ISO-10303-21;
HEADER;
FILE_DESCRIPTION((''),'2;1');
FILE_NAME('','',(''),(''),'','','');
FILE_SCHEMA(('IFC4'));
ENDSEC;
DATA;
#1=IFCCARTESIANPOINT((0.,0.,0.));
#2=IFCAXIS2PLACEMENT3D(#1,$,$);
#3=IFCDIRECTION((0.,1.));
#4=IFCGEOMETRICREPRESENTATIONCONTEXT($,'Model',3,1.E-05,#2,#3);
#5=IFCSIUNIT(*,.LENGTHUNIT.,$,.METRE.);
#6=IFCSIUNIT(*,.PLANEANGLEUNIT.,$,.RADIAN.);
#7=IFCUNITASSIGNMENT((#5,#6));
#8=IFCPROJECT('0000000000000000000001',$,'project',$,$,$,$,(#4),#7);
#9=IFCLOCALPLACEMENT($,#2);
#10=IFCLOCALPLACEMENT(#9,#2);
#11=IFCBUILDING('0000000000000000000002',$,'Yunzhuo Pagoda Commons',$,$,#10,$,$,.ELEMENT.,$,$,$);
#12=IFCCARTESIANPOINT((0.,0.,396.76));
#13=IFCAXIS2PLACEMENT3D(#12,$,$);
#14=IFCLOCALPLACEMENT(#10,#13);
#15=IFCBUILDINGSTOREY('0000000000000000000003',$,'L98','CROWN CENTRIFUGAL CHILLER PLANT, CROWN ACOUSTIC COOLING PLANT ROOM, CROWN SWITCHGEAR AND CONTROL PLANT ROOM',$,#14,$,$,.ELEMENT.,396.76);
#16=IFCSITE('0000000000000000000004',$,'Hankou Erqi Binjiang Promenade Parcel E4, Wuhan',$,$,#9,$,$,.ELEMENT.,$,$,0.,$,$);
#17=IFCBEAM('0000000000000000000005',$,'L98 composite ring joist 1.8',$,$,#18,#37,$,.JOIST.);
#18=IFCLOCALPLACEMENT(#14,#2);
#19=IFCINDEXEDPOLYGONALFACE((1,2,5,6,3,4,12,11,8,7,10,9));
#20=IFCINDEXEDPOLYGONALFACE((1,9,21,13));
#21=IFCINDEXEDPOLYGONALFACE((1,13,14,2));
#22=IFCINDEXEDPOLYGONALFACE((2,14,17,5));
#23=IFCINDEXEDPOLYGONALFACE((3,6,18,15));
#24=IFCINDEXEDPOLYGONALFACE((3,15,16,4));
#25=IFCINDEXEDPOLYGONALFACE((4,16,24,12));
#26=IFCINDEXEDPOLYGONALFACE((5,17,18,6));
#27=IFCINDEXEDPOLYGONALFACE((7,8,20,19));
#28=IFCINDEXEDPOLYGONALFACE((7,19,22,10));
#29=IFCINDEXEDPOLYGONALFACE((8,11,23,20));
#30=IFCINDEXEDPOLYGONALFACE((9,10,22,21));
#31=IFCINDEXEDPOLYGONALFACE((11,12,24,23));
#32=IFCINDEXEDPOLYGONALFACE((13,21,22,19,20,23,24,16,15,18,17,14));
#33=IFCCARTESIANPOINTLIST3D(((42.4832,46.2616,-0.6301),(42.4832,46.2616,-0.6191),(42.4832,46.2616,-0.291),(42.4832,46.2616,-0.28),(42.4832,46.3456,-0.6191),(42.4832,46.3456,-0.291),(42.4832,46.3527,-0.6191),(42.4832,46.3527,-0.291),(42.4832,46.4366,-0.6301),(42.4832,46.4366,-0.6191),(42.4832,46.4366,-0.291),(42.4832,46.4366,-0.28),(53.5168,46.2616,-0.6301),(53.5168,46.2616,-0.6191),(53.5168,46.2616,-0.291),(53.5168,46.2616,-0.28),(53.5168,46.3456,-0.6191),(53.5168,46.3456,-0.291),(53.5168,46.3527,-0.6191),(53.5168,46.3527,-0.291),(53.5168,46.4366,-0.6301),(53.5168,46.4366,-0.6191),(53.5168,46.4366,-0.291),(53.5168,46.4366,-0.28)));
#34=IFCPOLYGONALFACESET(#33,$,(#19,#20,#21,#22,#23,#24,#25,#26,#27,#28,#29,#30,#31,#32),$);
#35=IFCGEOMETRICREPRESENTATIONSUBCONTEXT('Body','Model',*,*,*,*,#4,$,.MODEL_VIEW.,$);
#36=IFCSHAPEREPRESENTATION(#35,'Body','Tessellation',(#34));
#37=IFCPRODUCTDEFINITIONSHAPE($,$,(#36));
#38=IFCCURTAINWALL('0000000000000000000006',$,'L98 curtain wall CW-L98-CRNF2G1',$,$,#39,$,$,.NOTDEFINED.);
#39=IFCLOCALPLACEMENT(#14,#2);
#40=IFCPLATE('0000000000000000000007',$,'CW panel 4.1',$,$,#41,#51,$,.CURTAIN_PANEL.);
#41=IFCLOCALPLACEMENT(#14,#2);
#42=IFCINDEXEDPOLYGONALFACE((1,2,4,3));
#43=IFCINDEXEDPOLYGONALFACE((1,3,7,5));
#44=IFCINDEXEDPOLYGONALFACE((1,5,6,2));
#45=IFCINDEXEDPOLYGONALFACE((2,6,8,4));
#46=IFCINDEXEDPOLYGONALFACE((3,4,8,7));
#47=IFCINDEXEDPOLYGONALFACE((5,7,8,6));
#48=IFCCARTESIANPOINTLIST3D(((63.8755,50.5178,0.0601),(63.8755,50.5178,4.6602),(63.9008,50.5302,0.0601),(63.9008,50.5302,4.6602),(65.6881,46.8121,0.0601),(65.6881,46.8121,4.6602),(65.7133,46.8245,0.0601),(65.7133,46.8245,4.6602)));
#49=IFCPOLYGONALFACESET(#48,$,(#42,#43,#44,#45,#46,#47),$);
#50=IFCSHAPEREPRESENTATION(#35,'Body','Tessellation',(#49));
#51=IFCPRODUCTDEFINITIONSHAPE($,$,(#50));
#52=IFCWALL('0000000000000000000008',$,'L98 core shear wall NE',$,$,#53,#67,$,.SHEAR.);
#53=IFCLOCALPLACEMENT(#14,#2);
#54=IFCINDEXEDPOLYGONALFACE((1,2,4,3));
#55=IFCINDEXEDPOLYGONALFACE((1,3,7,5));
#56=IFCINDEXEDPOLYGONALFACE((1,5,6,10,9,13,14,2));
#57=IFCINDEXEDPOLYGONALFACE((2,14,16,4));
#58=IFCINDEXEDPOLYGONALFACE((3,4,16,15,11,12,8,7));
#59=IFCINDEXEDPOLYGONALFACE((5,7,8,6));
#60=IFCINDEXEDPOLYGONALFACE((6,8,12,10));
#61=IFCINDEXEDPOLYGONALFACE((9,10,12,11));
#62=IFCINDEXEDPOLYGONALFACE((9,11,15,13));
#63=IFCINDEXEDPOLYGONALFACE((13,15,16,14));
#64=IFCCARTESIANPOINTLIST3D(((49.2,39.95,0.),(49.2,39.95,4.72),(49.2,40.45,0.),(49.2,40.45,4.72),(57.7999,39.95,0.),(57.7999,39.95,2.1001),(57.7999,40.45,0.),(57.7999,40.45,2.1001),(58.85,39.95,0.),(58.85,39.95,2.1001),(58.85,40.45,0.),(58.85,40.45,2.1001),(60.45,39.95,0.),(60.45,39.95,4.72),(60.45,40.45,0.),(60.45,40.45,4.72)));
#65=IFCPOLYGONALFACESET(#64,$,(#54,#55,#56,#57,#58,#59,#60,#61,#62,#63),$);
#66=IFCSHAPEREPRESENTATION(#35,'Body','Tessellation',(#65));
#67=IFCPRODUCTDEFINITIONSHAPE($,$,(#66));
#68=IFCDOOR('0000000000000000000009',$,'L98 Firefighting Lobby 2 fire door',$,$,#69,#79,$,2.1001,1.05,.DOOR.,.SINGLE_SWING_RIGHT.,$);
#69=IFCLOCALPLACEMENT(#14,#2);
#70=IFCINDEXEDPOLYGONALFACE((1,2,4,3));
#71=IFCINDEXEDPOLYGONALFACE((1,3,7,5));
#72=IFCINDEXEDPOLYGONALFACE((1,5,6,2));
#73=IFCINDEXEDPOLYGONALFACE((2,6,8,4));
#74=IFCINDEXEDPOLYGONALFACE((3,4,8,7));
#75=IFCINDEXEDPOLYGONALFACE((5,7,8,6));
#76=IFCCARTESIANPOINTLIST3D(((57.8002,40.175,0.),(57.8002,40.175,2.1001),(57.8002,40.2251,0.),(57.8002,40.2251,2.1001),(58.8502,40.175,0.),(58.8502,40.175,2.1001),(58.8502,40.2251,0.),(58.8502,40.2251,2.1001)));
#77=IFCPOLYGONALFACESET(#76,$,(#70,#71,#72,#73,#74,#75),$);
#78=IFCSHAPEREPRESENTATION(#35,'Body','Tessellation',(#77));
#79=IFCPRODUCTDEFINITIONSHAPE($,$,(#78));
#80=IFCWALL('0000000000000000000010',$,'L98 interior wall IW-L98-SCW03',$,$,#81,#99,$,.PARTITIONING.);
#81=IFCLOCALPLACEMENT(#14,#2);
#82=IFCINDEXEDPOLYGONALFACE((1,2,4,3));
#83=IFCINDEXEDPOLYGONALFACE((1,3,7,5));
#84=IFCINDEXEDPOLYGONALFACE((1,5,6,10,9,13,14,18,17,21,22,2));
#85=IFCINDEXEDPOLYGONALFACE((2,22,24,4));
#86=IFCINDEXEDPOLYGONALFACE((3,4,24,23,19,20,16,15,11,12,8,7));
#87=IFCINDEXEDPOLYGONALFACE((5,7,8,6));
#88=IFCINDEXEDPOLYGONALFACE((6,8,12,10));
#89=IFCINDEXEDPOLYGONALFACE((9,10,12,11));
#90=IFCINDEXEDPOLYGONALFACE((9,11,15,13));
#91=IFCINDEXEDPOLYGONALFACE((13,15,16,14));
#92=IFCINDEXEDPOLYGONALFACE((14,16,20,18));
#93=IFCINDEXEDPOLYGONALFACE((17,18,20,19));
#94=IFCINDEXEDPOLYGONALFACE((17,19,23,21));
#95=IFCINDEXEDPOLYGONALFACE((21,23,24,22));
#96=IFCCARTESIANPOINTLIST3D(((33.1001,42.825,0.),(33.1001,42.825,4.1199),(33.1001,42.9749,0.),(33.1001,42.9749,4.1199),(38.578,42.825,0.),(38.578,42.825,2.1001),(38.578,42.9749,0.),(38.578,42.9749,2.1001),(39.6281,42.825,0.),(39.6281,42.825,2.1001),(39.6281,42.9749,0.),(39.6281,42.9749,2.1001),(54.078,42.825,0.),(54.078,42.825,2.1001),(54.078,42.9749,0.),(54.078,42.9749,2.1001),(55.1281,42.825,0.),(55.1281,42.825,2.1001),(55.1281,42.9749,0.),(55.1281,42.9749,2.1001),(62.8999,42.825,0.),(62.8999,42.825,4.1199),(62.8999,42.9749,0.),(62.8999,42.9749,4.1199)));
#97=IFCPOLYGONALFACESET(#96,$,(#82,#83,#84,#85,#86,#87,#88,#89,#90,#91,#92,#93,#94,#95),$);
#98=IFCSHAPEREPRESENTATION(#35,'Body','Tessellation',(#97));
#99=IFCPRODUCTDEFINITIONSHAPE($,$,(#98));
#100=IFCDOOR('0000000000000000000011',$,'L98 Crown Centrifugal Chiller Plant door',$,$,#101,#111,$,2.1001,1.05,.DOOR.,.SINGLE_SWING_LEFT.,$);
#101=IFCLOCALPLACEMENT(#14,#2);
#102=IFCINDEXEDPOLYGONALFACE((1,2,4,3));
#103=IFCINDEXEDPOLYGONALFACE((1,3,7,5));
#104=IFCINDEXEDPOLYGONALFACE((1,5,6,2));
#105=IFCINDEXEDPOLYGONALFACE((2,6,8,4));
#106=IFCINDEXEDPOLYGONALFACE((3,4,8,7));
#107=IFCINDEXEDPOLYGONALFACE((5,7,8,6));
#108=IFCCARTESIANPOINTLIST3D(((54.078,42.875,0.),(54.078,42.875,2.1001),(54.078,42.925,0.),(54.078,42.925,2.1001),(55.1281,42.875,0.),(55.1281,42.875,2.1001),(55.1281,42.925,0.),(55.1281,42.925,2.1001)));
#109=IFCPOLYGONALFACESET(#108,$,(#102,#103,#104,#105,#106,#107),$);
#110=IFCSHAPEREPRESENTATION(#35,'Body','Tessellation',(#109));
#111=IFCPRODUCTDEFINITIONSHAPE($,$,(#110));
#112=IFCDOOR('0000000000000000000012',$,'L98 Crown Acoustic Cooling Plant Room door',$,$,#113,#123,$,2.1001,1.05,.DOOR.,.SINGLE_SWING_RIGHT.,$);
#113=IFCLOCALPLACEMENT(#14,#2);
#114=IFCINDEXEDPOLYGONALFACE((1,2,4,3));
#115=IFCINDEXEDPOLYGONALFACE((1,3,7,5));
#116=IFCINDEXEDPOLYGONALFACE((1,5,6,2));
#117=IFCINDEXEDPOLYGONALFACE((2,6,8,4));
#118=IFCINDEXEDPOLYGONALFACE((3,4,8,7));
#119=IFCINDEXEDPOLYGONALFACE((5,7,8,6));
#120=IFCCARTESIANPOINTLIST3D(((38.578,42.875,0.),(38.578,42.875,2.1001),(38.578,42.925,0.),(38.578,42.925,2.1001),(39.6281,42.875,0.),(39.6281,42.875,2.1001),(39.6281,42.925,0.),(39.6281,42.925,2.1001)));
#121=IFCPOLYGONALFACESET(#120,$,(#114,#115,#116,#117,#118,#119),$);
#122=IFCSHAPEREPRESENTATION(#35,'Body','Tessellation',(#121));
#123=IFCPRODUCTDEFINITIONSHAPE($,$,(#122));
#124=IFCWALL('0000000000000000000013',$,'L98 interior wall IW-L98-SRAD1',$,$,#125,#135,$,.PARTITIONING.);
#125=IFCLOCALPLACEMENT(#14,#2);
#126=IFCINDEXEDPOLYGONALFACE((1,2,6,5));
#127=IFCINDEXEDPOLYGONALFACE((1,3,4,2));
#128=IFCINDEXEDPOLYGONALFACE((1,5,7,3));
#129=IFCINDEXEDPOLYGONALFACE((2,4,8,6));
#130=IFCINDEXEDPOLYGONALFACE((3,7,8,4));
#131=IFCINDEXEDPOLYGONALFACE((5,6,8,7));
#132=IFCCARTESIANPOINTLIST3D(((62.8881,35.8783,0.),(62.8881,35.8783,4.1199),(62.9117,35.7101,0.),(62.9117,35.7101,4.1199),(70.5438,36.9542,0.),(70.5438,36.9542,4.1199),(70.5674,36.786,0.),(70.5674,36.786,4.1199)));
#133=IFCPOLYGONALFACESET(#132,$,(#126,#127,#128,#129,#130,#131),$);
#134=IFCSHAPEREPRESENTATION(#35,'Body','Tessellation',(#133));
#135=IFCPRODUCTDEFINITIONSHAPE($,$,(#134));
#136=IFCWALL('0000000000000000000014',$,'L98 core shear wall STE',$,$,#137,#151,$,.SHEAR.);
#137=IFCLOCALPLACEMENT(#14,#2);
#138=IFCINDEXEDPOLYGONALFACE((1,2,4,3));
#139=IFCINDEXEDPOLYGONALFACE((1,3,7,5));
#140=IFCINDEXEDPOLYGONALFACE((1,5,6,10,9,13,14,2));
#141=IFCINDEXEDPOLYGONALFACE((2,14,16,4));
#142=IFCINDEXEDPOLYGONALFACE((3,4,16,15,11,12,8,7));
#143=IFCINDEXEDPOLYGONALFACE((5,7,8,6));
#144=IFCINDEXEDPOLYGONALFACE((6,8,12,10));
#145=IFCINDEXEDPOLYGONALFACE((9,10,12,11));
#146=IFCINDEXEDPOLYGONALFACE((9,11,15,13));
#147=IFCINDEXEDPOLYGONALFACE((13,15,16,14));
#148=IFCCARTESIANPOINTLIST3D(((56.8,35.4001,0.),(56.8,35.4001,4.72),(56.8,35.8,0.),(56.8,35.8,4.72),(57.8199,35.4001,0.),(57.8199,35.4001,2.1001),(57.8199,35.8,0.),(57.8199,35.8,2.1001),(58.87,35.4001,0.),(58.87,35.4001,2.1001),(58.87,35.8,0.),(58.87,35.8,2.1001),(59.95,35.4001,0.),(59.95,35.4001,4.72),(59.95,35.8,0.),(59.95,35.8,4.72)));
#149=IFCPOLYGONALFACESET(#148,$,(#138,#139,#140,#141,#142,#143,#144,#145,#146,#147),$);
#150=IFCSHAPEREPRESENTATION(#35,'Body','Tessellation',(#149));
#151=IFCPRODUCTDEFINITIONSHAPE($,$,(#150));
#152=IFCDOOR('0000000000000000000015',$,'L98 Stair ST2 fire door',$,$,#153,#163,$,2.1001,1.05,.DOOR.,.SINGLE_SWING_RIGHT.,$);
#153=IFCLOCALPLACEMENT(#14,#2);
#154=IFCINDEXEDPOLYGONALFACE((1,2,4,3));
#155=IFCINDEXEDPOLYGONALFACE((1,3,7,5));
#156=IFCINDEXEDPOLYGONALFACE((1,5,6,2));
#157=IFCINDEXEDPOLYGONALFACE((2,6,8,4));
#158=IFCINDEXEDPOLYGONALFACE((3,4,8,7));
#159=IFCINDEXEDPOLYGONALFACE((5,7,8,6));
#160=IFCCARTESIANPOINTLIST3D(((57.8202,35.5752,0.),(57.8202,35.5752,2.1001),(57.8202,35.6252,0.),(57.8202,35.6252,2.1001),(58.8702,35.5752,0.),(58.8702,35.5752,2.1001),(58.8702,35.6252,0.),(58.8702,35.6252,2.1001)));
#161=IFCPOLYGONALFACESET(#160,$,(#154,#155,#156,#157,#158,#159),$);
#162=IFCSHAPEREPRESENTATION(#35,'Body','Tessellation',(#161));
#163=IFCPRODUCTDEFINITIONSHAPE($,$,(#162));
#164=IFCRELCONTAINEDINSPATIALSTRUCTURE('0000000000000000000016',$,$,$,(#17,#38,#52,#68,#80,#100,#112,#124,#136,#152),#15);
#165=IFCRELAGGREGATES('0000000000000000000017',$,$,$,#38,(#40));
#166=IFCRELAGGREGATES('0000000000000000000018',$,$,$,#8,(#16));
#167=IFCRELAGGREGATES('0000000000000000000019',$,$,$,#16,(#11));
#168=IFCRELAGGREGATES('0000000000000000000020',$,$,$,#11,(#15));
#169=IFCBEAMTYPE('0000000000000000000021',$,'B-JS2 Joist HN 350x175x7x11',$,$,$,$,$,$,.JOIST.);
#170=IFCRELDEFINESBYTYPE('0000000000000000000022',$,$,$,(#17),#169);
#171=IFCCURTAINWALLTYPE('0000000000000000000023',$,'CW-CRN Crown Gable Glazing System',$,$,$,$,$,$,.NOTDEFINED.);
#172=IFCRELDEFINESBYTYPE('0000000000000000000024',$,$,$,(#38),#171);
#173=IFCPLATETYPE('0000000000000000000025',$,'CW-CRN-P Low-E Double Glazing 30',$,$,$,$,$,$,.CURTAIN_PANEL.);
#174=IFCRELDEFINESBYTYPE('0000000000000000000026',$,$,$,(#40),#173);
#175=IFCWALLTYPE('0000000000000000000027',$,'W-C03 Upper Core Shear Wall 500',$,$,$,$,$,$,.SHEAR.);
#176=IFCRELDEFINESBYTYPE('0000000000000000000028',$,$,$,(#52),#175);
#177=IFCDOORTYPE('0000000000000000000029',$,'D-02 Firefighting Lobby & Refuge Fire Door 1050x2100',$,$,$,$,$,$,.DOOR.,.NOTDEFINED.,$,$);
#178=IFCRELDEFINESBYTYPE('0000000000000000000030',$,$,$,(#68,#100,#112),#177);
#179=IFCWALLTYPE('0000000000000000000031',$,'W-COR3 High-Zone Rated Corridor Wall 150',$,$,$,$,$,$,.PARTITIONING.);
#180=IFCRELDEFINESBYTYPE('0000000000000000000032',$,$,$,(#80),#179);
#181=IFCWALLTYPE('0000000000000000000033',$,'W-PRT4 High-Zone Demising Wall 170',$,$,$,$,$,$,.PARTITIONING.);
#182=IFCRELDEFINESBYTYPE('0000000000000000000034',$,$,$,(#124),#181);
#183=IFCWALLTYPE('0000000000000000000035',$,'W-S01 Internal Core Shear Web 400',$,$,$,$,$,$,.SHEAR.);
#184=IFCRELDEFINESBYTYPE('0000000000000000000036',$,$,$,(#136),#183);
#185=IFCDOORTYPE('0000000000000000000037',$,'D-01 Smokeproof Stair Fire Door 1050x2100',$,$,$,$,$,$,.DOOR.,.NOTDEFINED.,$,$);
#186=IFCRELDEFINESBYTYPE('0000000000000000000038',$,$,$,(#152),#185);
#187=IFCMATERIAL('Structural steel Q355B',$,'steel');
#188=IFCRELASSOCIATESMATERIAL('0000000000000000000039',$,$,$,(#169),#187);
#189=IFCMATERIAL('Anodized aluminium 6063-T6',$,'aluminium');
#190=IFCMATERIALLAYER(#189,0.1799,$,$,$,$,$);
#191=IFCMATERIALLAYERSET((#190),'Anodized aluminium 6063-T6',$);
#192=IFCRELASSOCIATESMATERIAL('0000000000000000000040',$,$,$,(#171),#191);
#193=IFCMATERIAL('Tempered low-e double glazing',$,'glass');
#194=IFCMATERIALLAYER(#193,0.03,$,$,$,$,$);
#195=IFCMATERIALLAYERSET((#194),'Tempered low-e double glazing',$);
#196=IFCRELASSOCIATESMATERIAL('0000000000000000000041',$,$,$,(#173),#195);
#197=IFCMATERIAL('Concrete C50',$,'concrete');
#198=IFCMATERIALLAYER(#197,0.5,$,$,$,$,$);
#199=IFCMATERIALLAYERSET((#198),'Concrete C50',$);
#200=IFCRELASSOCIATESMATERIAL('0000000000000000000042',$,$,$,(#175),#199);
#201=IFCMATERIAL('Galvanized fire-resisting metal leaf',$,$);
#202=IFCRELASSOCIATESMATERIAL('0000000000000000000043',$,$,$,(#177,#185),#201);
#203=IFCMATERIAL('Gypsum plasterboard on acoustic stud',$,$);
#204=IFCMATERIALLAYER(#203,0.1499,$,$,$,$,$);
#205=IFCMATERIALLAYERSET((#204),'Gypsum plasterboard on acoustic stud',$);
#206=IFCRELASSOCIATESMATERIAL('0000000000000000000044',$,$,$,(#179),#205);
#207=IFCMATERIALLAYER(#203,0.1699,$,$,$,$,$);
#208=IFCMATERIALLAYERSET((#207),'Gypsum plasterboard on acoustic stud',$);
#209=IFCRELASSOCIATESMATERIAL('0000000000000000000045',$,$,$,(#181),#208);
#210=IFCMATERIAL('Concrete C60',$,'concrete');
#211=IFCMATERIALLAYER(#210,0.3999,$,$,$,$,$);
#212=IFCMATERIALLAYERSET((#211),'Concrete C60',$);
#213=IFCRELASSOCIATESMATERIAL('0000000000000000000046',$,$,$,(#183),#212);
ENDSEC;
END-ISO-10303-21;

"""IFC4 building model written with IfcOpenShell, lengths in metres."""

from ifc_helpers import new_model, si_unit, direction, frame, frame_2d, origin, origin_with_axes, origin_2d, place, context, subcontext, project, spatial, rectangle, i_section, extrude, source, transform, mapped, material, layer, layer_set, material_profile, profile_set, type_object, element, fill, aggregate, save


model = new_model("IFC4")

# Units and contexts
model_context = context("Model", 3, precision=1e-05, world=origin(), true_north=direction((0.0, 1.0)))
body_context = subcontext(model_context, "Body", "Model", "MODEL_VIEW")
ifc_project = project(units=[si_unit("LENGTHUNIT", "METRE"), si_unit("PLANEANGLEUNIT", "RADIAN")], contexts=[model_context])

# Site, building, storey
site_placement = place(None, origin())
site = spatial("IfcSite", under=ifc_project, at=site_placement, Name="Hankou Erqi Binjiang Promenade Parcel E4, Wuhan", CompositionType="ELEMENT", RefElevation=0.0)
building_placement = place(site_placement, origin())
building = spatial("IfcBuilding", under=site, at=building_placement, Name="Yunzhuo Pagoda Commons", CompositionType="ELEMENT")
storey_placement = place(building_placement, frame((0.0, 0.0, 396.76)))
storey = spatial("IfcBuildingStorey", under=building, at=storey_placement, Name="L98", Description="CROWN CENTRIFUGAL CHILLER PLANT, CROWN ACOUSTIC COOLING PLANT ROOM, CROWN SWITCHGEAR AND CONTROL PLANT ROOM", CompositionType="ELEMENT", Elevation=396.76)

# Shared definitions
ifc_material_1 = material(Name="Structural steel Q355B", Category="steel")

# Beam
ifc_material_profile_1 = material_profile(ifc_material_1, i_section(OverallWidth=0.175, OverallDepth=0.3501, WebThickness=0.0071, FlangeThickness=0.011, at=origin_2d()), Name="Structural steel Q355B")
ifc_profile_set_1 = profile_set([ifc_material_profile_1], Name="Structural steel Q355B")
beam_type_1 = type_object("IfcBeamType", Name="B-JS2 Joist HN 350x175x7x11", PredefinedType="JOIST", material=ifc_profile_set_1)
shared_shape_1 = source(origin(), body_context, "Body", "SweptSolid", [
    extrude(i_section(OverallWidth=0.175, OverallDepth=0.3501, WebThickness=0.0071, FlangeThickness=0.011, at=origin_2d()), origin(), (0.0, 0.0, 1.0), 11.0337),
])
beam_1_placement = place(storey_placement, frame((53.5168, 46.3491, -0.4551), z_axis=(-1.0, 0.0, 0.0), x_axis=(0.0, -1.0, 0.0)))
element("IfcBeam", 1, at=beam_1_placement, inside=storey, type_object=beam_type_1, Name="L98 composite ring joist 1.8", PredefinedType="JOIST", context=body_context, shape_type="MappedRepresentation", body=[
    mapped(shared_shape_1, transform((0.0, 0.0, 0.0), scale=1.0)),
])

# Curtain wall, plate
ifc_material_2 = material(Name="Anodized aluminium 6063-T6", Category="aluminium")
ifc_layer_1 = layer(ifc_material_2, 0.1799)
ifc_layer_set_1 = layer_set([ifc_layer_1], Name="Anodized aluminium 6063-T6")
curtain_wall_type = type_object("IfcCurtainWallType", Name="CW-CRN Crown Gable Glazing System", PredefinedType="NOTDEFINED", material=ifc_layer_set_1)
curtain_wall_placement = place(storey_placement, origin())
curtain_wall = element("IfcCurtainWall", 2, at=curtain_wall_placement, inside=storey, type_object=curtain_wall_type, Name="L98 curtain wall CW-L98-CRNF2G1", PredefinedType="NOTDEFINED")
ifc_material_3 = material(Name="Tempered low-e double glazing", Category="glass")
ifc_layer_2 = layer(ifc_material_3, 0.03)
ifc_layer_set_2 = layer_set([ifc_layer_2], Name="Tempered low-e double glazing")
plate_type = type_object("IfcPlateType", Name="CW-CRN-P Low-E Double Glazing 30", PredefinedType="CURTAIN_PANEL", material=ifc_layer_set_2)
shared_shape_2 = source(origin(), body_context, "Body", "SweptSolid", [
    extrude(rectangle(XDim=4.1252, YDim=0.0281, at=origin_2d()), origin(), (0.0, 0.0, 1.0), 4.6001),
])
plate_placement = place(storey_placement, frame((64.7944, 48.6711, 0.0601), z_axis=(0.0, 0.0, 1.0), x_axis=(-0.439384, 0.898299, 0.0)))
plate = element("IfcPlate", 3, at=plate_placement, type_object=plate_type, Name="CW panel 4.1", PredefinedType="CURTAIN_PANEL", context=body_context, shape_type="MappedRepresentation", body=[
    mapped(shared_shape_2, transform((0.0, 0.0, 0.0), scale=1.0)),
])
aggregate(curtain_wall, [plate])

# Wall, opening, door
ifc_material_4 = material(Name="Concrete C50", Category="concrete")
ifc_layer_3 = layer(ifc_material_4, 0.5)
ifc_layer_set_3 = layer_set([ifc_layer_3], Name="Concrete C50")
wall_type_1 = type_object("IfcWallType", Name="W-C03 Upper Core Shear Wall 500", PredefinedType="SHEAR", material=ifc_layer_set_3)
wall_1_placement = place(storey_placement, frame((49.2, 40.2, 0.0), z_axis=(0.0, 0.0, 1.0), x_axis=(1.0, 0.0, 0.0)))
wall_1 = element("IfcWall", 4, at=wall_1_placement, inside=storey, type_object=wall_type_1, Name="L98 core shear wall NE", PredefinedType="SHEAR", context=body_context, shape_type="SweptSolid", body=[
    extrude(rectangle(XDim=11.25, YDim=0.5, at=frame_2d((5.625, 0.0))), origin(), (0.0, 0.0, 1.0), 4.72),
])
opening_1_placement = place(wall_1_placement, frame((8.6001, 0.0, 0.0)))
opening_1 = element("IfcOpeningElement", 5, at=opening_1_placement, cuts=wall_1, PredefinedType="OPENING", context=body_context, shape_type="SweptSolid", body=[
    extrude(rectangle(XDim=1.05, YDim=2.1001, at=frame_2d((0.5249, 1.05))), frame((0.0, 0.26, 0.0), z_axis=(0.0, -1.0, 0.0), x_axis=(1.0, 0.0, 0.0)), (0.0, 0.0, 1.0), 0.52),
])
ifc_material_5 = material(Name="Galvanized fire-resisting metal leaf")
door_type_1 = type_object("IfcDoorType", Name="D-02 Firefighting Lobby & Refuge Fire Door 1050x2100", OperationType="NOTDEFINED", PredefinedType="DOOR", material=ifc_material_5)
shared_shape_3 = source(origin(), body_context, "Body", "SweptSolid", [
    extrude(rectangle(XDim=1.05, YDim=2.1001, at=frame_2d((0.5249, 1.05))), frame((0.0, 0.0249, 0.0), z_axis=(0.0, -1.0, 0.0), x_axis=(1.0, 0.0, 0.0)), (0.0, 0.0, 1.0), 0.05),
])
door_1_placement = place(opening_1_placement, frame((1.05, 0.0, 0.0), z_axis=(0.0, 0.0, 1.0), x_axis=(-1.0, 0.0, 0.0)))
door_1 = element("IfcDoor", 6, at=door_1_placement, inside=storey, type_object=door_type_1, Name="L98 Firefighting Lobby 2 fire door", OperationType="SINGLE_SWING_RIGHT", OverallHeight=2.1001, OverallWidth=1.05, PredefinedType="DOOR", context=body_context, shape_type="MappedRepresentation", body=[
    mapped(shared_shape_3, transform((0.0, 0.0, 0.0), scale=1.0)),
])
fill(opening_1, door_1)

# Wall, openings, doors
ifc_material_6 = material(Name="Gypsum plasterboard on acoustic stud")
ifc_layer_4 = layer(ifc_material_6, 0.1499)
ifc_layer_set_4 = layer_set([ifc_layer_4], Name="Gypsum plasterboard on acoustic stud")
wall_type_2 = type_object("IfcWallType", Name="W-COR3 High-Zone Rated Corridor Wall 150", PredefinedType="PARTITIONING", material=ifc_layer_set_4)
wall_2_placement = place(storey_placement, frame((62.8999, 42.8999, 0.0), z_axis=(0.0, 0.0, 1.0), x_axis=(-1.0, 0.0, 0.0)))
wall_2 = element("IfcWall", 7, at=wall_2_placement, inside=storey, type_object=wall_type_2, Name="L98 interior wall IW-L98-SCW03", PredefinedType="PARTITIONING", context=body_context, shape_type="SweptSolid", body=[
    extrude(rectangle(XDim=29.7998, YDim=0.1499, at=frame_2d((14.8999, 0.0))), origin(), (0.0, 0.0, 1.0), 4.1199),
])
opening_2_placement = place(wall_2_placement, frame((7.772, 0.0, 0.0)))
opening_2 = element("IfcOpeningElement", 8, at=opening_2_placement, cuts=wall_2, PredefinedType="OPENING", context=body_context, shape_type="SweptSolid", body=[
    extrude(rectangle(XDim=1.05, YDim=2.1001, at=frame_2d((0.5249, 1.05))), frame((0.0, 0.085, 0.0), z_axis=(0.0, -1.0, 0.0), x_axis=(1.0, 0.0, 0.0)), (0.0, 0.0, 1.0), 0.1699),
])
opening_3_placement = place(wall_2_placement, frame((23.272, 0.0, 0.0)))
opening_3 = element("IfcOpeningElement", 9, at=opening_3_placement, cuts=wall_2, PredefinedType="OPENING", context=body_context, shape_type="SweptSolid", body=[
    extrude(rectangle(XDim=1.05, YDim=2.1001, at=frame_2d((0.5249, 1.05))), frame((0.0, 0.085, 0.0), z_axis=(0.0, -1.0, 0.0), x_axis=(1.0, 0.0, 0.0)), (0.0, 0.0, 1.0), 0.1699),
])
door_2_placement = place(opening_2_placement, origin_with_axes())
door_2 = element("IfcDoor", 10, at=door_2_placement, inside=storey, type_object=door_type_1, Name="L98 Crown Centrifugal Chiller Plant door", OperationType="SINGLE_SWING_LEFT", OverallHeight=2.1001, OverallWidth=1.05, PredefinedType="DOOR", context=body_context, shape_type="MappedRepresentation", body=[
    mapped(shared_shape_3, transform((0.0, 0.0, 0.0), scale=1.0)),
])
fill(opening_2, door_2)
door_3_placement = place(opening_3_placement, origin_with_axes())
door_3 = element("IfcDoor", 11, at=door_3_placement, inside=storey, type_object=door_type_1, Name="L98 Crown Acoustic Cooling Plant Room door", OperationType="SINGLE_SWING_RIGHT", OverallHeight=2.1001, OverallWidth=1.05, PredefinedType="DOOR", context=body_context, shape_type="MappedRepresentation", body=[
    mapped(shared_shape_3, transform((0.0, 0.0, 0.0), scale=1.0)),
])
fill(opening_3, door_3)

# Wall
ifc_layer_5 = layer(ifc_material_6, 0.1699)
ifc_layer_set_5 = layer_set([ifc_layer_5], Name="Gypsum plasterboard on acoustic stud")
wall_type_3 = type_object("IfcWallType", Name="W-PRT4 High-Zone Demising Wall 170", PredefinedType="PARTITIONING", material=ifc_layer_set_5)
wall_3_placement = place(storey_placement, frame((62.8999, 35.7942, 0.0), z_axis=(0.0, 0.0, 1.0), x_axis=(0.990268, 0.139171, 0.0)))
element("IfcWall", 12, at=wall_3_placement, inside=storey, type_object=wall_type_3, Name="L98 interior wall IW-L98-SRAD1", PredefinedType="PARTITIONING", context=body_context, shape_type="SweptSolid", body=[
    extrude(rectangle(XDim=7.731, YDim=0.1699, at=frame_2d((3.8655, 0.0))), origin(), (0.0, 0.0, 1.0), 4.1199),
])

# Wall, opening, door
ifc_material_7 = material(Name="Concrete C60", Category="concrete")
ifc_layer_6 = layer(ifc_material_7, 0.3999)
ifc_layer_set_6 = layer_set([ifc_layer_6], Name="Concrete C60")
wall_type_4 = type_object("IfcWallType", Name="W-S01 Internal Core Shear Web 400", PredefinedType="SHEAR", material=ifc_layer_set_6)
wall_4_placement = place(storey_placement, frame((56.8, 35.6001, 0.0), z_axis=(0.0, 0.0, 1.0), x_axis=(1.0, 0.0, 0.0)))
wall_4 = element("IfcWall", 13, at=wall_4_placement, inside=storey, type_object=wall_type_4, Name="L98 core shear wall STE", PredefinedType="SHEAR", context=body_context, shape_type="SweptSolid", body=[
    extrude(rectangle(XDim=3.1499, YDim=0.3999, at=frame_2d((1.575, 0.0))), origin(), (0.0, 0.0, 1.0), 4.72),
])
opening_4_placement = place(wall_4_placement, frame((1.02, 0.0, 0.0)))
opening_4 = element("IfcOpeningElement", 14, at=opening_4_placement, cuts=wall_4, PredefinedType="OPENING", context=body_context, shape_type="SweptSolid", body=[
    extrude(rectangle(XDim=1.05, YDim=2.1001, at=frame_2d((0.5249, 1.05))), frame((0.0, 0.21, 0.0), z_axis=(0.0, -1.0, 0.0), x_axis=(1.0, 0.0, 0.0)), (0.0, 0.0, 1.0), 0.4199),
])
door_type_2 = type_object("IfcDoorType", Name="D-01 Smokeproof Stair Fire Door 1050x2100", OperationType="NOTDEFINED", PredefinedType="DOOR", material=ifc_material_5)
door_4_placement = place(opening_4_placement, frame((1.05, 0.0, 0.0), z_axis=(0.0, 0.0, 1.0), x_axis=(-1.0, 0.0, 0.0)))
door_4 = element("IfcDoor", 15, at=door_4_placement, inside=storey, type_object=door_type_2, Name="L98 Stair ST2 fire door", OperationType="SINGLE_SWING_RIGHT", OverallHeight=2.1001, OverallWidth=1.05, PredefinedType="DOOR", context=body_context, shape_type="MappedRepresentation", body=[
    mapped(shared_shape_3, transform((0.0, 0.0, 0.0), scale=1.0)),
])
fill(opening_4, door_4)

save(model, "model.ifc")
